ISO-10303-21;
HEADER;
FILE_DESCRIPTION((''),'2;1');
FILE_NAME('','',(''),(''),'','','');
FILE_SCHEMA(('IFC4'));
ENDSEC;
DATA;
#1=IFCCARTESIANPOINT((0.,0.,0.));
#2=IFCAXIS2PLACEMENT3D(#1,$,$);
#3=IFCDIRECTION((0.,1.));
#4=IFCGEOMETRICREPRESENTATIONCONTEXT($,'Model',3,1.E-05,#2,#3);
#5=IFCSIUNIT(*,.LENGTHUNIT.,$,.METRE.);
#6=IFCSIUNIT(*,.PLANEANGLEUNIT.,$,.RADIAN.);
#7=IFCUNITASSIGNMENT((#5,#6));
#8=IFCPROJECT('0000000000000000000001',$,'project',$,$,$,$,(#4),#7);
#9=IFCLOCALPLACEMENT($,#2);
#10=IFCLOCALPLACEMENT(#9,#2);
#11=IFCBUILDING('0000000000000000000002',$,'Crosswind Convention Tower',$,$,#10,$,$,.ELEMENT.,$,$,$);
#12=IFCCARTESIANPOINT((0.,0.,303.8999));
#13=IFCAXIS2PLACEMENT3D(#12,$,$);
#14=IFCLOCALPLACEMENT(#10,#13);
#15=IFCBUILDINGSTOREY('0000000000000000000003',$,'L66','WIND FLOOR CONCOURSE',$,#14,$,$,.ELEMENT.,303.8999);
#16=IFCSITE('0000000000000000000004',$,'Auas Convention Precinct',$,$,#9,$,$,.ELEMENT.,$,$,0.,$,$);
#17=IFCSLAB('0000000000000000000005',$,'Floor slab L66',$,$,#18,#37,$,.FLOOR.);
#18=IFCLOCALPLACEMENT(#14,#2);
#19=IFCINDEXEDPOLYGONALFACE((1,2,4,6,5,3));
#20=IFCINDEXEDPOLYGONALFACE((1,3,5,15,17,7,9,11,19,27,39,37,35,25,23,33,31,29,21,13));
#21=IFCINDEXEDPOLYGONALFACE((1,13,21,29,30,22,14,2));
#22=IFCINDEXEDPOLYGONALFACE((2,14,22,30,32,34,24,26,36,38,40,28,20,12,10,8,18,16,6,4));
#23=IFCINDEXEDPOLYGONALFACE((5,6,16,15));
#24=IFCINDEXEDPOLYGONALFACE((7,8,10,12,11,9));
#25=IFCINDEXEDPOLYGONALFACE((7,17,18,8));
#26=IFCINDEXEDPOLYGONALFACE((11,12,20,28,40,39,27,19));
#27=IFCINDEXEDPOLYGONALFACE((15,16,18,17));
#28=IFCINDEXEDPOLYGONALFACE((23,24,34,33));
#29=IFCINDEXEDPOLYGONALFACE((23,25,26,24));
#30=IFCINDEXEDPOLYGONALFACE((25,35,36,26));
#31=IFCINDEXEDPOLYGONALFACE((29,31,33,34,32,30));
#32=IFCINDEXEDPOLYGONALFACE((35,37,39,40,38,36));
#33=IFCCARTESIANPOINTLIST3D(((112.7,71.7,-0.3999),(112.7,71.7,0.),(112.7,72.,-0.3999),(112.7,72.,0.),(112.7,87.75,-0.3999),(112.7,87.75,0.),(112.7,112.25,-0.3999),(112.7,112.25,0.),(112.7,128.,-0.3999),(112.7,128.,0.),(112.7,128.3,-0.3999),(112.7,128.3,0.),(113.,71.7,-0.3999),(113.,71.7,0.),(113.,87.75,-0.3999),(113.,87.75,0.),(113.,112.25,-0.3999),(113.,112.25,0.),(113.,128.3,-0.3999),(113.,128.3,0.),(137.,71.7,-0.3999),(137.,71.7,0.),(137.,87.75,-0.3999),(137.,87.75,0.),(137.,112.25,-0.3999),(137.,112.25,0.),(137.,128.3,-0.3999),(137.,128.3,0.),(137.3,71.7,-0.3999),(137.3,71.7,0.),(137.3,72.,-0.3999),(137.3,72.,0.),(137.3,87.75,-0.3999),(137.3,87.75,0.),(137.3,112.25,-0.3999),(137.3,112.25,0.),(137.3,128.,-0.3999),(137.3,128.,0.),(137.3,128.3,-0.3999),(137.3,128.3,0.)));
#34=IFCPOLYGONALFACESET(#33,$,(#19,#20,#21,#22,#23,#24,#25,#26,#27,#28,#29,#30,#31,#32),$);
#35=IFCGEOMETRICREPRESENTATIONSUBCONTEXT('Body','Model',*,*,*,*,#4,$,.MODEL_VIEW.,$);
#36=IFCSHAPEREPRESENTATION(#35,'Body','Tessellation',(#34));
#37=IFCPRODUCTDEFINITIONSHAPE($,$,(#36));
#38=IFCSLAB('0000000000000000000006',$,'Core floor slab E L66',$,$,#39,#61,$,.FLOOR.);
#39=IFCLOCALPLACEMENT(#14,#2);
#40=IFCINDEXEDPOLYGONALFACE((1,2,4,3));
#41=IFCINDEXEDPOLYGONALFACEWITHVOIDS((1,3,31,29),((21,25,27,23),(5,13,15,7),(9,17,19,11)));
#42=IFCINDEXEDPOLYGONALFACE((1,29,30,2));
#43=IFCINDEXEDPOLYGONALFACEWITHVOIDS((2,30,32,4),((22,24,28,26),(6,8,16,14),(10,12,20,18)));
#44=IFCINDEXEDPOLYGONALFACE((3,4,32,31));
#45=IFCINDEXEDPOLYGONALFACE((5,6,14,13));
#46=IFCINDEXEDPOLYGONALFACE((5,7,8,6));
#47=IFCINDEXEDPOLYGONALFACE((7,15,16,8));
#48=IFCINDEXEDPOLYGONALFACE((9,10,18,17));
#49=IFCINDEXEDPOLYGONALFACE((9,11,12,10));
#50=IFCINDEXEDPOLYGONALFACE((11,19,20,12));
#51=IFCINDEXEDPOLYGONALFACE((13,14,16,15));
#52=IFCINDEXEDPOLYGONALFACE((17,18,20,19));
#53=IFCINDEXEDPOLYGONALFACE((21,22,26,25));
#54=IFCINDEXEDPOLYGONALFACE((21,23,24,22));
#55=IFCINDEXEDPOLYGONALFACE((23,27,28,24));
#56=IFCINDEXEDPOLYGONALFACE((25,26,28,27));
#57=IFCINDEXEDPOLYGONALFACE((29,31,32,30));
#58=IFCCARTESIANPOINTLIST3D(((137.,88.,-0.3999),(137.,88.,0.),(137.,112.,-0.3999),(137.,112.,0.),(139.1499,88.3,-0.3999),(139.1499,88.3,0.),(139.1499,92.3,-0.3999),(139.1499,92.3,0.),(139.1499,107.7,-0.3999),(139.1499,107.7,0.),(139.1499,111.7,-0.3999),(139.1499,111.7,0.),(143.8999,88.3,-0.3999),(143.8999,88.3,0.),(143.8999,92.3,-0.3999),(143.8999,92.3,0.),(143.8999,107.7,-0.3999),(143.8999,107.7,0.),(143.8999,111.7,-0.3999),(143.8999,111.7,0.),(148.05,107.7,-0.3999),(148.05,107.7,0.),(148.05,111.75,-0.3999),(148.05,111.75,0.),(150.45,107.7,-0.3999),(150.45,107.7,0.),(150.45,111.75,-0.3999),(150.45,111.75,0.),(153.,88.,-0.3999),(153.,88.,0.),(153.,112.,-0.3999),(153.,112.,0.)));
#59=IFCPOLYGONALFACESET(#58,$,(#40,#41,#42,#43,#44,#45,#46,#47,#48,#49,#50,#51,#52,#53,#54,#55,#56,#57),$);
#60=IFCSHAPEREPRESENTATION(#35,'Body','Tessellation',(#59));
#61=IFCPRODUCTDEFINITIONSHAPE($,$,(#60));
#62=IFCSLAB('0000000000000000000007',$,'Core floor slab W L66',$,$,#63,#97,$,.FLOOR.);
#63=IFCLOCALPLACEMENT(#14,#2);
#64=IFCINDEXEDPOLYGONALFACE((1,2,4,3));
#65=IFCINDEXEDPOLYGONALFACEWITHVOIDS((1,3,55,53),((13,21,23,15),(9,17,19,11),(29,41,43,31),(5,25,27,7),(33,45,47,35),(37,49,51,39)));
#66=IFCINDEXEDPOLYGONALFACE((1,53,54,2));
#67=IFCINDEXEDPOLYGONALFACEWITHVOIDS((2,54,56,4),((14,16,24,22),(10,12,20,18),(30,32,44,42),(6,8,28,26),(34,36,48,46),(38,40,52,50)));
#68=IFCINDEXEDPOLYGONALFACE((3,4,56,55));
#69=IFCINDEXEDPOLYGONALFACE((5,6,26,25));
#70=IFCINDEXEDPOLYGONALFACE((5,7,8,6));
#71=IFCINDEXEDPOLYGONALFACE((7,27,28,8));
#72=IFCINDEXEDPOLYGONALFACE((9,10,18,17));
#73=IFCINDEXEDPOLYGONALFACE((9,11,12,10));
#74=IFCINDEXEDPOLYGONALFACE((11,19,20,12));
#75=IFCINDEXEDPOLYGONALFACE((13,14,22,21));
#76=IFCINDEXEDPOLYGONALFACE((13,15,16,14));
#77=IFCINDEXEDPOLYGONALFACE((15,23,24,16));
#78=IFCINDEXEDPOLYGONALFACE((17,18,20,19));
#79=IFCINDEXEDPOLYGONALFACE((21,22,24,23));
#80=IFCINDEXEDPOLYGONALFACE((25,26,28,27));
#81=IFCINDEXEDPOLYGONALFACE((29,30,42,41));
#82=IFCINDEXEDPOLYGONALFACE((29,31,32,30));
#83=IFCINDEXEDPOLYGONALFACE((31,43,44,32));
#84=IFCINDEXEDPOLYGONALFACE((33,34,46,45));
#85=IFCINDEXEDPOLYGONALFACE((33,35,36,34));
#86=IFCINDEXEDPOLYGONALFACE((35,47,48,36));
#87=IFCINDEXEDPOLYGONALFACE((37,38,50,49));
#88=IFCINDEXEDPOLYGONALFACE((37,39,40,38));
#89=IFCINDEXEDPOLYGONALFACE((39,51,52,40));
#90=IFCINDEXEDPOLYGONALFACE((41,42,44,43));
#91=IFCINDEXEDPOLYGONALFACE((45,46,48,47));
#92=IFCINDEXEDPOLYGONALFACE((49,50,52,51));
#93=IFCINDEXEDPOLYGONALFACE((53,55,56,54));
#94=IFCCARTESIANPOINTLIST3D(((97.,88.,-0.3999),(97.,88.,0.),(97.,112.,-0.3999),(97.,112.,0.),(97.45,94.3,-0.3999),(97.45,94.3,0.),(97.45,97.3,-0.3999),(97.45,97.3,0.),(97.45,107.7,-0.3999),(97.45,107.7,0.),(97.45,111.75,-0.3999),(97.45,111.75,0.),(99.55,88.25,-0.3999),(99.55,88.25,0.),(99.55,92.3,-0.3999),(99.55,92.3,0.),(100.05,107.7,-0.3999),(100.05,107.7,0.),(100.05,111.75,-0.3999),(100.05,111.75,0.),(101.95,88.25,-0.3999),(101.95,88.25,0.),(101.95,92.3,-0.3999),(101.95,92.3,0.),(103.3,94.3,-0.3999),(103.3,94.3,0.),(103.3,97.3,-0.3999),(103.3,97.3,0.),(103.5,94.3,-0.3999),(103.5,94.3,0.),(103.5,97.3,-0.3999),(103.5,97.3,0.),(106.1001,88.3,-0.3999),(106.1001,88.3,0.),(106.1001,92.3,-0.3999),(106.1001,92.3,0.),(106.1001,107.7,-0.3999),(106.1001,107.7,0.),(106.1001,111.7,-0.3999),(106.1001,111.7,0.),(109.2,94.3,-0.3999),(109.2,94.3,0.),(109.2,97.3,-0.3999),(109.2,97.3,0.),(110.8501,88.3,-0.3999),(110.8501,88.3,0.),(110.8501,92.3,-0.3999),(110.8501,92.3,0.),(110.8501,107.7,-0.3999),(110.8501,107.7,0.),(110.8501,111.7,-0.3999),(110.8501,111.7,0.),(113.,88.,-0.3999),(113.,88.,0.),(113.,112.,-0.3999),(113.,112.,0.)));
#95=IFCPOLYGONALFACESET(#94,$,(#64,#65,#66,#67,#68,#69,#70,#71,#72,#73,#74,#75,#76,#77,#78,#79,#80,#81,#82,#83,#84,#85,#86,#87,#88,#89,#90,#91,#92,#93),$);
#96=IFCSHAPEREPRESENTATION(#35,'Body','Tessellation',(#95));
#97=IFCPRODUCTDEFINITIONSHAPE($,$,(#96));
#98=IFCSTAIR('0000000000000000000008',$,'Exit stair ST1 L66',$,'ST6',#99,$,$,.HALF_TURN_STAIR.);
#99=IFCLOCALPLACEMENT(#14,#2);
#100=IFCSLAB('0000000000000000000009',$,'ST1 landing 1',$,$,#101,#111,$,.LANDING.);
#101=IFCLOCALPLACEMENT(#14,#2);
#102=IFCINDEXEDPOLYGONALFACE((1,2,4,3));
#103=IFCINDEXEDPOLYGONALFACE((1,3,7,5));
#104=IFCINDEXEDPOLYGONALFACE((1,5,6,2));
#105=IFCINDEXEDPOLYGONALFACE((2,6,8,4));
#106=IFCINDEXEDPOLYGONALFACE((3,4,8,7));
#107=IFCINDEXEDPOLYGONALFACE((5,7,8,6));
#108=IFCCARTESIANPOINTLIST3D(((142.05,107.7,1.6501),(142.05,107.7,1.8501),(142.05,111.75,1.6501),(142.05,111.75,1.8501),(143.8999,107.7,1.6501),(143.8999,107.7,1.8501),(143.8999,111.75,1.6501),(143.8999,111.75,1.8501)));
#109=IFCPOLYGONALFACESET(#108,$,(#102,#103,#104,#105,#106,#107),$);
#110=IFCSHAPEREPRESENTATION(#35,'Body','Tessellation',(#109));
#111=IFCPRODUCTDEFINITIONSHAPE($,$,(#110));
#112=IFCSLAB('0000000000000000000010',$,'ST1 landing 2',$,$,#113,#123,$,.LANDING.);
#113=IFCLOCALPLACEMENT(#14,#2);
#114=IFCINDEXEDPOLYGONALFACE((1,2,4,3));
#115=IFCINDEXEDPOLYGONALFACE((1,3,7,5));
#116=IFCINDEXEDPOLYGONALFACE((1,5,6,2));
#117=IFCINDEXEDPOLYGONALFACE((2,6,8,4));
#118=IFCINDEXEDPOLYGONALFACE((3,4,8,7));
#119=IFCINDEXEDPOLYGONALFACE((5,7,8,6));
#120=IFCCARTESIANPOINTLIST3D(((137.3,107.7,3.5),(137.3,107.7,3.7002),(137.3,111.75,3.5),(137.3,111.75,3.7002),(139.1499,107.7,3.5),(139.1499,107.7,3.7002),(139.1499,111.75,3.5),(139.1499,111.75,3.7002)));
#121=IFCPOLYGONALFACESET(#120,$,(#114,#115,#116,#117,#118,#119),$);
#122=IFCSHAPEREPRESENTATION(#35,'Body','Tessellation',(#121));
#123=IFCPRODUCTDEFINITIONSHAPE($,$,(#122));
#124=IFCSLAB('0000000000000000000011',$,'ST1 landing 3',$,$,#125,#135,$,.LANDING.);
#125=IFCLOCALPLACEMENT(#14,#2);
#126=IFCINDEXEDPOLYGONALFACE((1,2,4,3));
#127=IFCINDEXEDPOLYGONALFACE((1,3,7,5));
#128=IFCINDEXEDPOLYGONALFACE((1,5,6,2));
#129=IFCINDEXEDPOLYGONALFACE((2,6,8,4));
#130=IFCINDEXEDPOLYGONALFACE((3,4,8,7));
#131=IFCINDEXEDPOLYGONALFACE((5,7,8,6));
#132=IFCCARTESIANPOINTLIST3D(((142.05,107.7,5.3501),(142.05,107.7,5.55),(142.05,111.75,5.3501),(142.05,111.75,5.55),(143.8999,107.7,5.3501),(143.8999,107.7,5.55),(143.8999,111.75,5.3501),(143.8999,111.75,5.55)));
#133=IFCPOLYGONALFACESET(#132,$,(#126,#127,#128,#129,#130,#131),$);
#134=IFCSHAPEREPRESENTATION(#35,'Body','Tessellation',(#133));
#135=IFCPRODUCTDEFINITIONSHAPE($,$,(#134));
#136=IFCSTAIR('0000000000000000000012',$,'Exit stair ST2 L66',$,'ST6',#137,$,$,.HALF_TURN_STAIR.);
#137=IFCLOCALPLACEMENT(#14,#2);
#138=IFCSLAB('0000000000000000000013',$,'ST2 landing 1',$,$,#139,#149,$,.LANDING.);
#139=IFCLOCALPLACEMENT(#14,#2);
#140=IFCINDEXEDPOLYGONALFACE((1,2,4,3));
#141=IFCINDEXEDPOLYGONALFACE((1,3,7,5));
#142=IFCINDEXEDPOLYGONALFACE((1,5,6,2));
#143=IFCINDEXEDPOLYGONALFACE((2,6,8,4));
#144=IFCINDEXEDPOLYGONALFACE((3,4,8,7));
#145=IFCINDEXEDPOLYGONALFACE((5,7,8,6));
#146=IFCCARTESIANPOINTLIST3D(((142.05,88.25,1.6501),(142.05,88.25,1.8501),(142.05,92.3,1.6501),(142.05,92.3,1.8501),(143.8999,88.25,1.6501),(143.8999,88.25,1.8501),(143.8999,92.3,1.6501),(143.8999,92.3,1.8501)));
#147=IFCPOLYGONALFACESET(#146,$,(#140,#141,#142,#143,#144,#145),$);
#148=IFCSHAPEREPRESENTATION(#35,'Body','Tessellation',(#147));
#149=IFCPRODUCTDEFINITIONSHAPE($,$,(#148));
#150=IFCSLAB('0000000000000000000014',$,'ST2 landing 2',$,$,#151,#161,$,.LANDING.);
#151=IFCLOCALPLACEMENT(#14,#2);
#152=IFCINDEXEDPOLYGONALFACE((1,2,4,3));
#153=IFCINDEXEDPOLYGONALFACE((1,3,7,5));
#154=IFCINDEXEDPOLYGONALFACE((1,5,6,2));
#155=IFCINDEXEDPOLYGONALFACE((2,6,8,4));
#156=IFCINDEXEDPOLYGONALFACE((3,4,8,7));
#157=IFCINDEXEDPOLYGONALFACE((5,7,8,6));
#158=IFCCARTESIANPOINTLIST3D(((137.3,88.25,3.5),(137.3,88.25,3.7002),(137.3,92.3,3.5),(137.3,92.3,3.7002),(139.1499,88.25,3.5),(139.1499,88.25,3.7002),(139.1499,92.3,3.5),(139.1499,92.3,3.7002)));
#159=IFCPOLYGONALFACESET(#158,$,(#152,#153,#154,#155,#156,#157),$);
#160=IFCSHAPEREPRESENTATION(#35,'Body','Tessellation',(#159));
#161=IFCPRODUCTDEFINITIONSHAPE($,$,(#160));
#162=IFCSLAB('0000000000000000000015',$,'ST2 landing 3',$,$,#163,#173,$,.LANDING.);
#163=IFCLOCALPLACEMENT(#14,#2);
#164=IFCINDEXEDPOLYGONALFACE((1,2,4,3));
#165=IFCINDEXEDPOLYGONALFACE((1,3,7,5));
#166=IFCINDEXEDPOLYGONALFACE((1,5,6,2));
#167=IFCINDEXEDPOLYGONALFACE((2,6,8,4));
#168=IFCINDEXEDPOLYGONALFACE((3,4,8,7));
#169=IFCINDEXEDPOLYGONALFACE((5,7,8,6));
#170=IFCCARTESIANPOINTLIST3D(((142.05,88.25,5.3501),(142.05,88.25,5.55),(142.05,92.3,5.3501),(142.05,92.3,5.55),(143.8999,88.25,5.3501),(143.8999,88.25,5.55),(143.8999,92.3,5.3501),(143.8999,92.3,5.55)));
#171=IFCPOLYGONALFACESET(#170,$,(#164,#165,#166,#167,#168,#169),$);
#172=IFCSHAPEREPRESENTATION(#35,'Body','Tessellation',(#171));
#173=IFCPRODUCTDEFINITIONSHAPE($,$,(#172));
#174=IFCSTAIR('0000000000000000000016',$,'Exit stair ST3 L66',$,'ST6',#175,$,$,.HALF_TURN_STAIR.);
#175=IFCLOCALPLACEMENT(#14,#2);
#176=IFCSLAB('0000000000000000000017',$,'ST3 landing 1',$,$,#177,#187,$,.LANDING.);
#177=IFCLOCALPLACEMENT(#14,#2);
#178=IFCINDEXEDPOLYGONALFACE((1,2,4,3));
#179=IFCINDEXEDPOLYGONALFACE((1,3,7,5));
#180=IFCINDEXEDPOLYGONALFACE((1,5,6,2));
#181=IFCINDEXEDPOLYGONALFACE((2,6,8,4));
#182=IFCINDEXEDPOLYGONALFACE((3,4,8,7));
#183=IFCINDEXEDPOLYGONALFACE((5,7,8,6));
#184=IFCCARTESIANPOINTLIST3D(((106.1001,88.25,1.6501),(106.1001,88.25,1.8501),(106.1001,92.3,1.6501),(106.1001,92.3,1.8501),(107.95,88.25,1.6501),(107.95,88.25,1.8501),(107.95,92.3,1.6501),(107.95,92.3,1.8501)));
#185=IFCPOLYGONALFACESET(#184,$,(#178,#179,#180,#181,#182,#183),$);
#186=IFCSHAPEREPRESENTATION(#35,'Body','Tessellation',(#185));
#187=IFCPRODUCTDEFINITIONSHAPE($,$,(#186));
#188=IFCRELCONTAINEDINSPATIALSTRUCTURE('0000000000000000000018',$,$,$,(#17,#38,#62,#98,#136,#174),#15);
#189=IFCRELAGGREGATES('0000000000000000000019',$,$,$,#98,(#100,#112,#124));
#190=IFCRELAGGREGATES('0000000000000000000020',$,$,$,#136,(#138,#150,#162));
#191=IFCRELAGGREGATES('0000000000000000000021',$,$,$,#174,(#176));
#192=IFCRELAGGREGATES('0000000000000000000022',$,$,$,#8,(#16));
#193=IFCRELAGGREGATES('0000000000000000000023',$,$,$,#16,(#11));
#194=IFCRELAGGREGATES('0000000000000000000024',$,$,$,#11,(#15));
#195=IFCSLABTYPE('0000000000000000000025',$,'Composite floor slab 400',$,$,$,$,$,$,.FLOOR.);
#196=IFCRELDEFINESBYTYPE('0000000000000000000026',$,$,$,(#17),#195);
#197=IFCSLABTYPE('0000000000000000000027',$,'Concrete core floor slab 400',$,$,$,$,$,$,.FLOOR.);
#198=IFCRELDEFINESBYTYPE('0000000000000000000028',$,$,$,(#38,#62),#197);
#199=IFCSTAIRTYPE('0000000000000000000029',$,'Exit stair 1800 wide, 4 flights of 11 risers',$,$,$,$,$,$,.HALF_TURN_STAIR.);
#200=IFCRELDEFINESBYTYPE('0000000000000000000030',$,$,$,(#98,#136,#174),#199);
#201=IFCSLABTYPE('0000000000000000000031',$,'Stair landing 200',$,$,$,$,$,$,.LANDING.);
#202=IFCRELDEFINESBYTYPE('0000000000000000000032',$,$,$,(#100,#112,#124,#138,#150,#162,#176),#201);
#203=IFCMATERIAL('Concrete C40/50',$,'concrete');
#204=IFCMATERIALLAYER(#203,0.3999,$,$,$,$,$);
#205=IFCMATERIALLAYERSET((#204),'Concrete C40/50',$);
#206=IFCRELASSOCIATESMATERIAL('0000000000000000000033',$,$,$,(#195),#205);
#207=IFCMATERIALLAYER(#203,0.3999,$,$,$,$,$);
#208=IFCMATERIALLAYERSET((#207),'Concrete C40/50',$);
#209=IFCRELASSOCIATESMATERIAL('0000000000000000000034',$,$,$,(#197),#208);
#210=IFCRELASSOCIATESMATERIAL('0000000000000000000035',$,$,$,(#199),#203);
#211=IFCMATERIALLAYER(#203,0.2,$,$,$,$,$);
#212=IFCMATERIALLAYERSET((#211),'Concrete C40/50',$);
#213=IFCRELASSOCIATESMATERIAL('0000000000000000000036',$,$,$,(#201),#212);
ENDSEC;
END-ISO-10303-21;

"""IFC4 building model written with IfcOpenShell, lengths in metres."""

from ifc_helpers import new_model, si_unit, direction, frame, origin, place, context, subcontext, project, spatial, polyline, outline, extrude, material, layer, layer_set, type_object, element, aggregate, save


model = new_model("IFC4")

# Units and contexts
model_context = context("Model", 3, precision=1e-05, world=origin(), true_north=direction((0.0, 1.0)))
body_context = subcontext(model_context, "Body", "Model", "MODEL_VIEW")
ifc_project = project(units=[si_unit("LENGTHUNIT", "METRE"), si_unit("PLANEANGLEUNIT", "RADIAN")], contexts=[model_context])

# Site, building, storey
site_placement = place(None, origin())
site = spatial("IfcSite", under=ifc_project, at=site_placement, Name="Auas Convention Precinct", CompositionType="ELEMENT", RefElevation=0.0)
building_placement = place(site_placement, origin())
building = spatial("IfcBuilding", under=site, at=building_placement, Name="Crosswind Convention Tower", CompositionType="ELEMENT")
storey_placement = place(building_placement, frame((0.0, 0.0, 303.8999)))
storey = spatial("IfcBuildingStorey", under=building, at=storey_placement, Name="L66", Description="WIND FLOOR CONCOURSE", CompositionType="ELEMENT", Elevation=303.8999)

# Slabs
ifc_material_1 = material(Name="Concrete C40/50", Category="concrete")
ifc_layer_1 = layer(ifc_material_1, 0.3999)
ifc_layer_set_1 = layer_set([ifc_layer_1], Name="Concrete C40/50")
slab_type_1 = type_object("IfcSlabType", Name="Composite floor slab 400", PredefinedType="FLOOR", material=ifc_layer_set_1)
slab_1_placement = place(storey_placement, frame((0.0, 0.0, -0.3999)))
element("IfcSlab", 1, at=slab_1_placement, inside=storey, type_object=slab_type_1, Name="Floor slab L66", PredefinedType="FLOOR", context=body_context, shape_type="SweptSolid", body=[
    extrude(outline(polyline([(137.3, 71.7), (137.0, 71.7), (113.0, 71.7), (112.7, 71.7), (112.7, 72.0), (112.7, 87.75), (113.0, 87.75), (113.0, 112.25), (112.7, 112.25), (112.7, 128.0), (112.7, 128.3), (113.0, 128.3), (137.0, 128.3), (137.3, 128.3), (137.3, 128.0), (137.3, 112.25), (137.0, 112.25), (137.0, 87.75), (137.3, 87.75), (137.3, 72.0), (137.3, 71.7)])), origin(), (0.0, 0.0, 1.0), 0.3999),
])
ifc_layer_2 = layer(ifc_material_1, 0.3999)
ifc_layer_set_2 = layer_set([ifc_layer_2], Name="Concrete C40/50")
slab_type_2 = type_object("IfcSlabType", Name="Concrete core floor slab 400", PredefinedType="FLOOR", material=ifc_layer_set_2)
slab_2_placement = place(storey_placement, frame((0.0, 0.0, -0.3999)))
element("IfcSlab", 2, at=slab_2_placement, inside=storey, type_object=slab_type_2, Name="Core floor slab E L66", PredefinedType="FLOOR", context=body_context, shape_type="SweptSolid", body=[
    extrude(outline(polyline([(137.0, 88.0), (153.0, 88.0), (153.0, 112.0), (137.0, 112.0), (137.0, 88.0)]), holes=[polyline([(150.45, 107.7), (150.45, 111.75), (148.05, 111.75), (148.05, 107.7), (150.45, 107.7)]), polyline([(143.8999, 107.7), (143.8999, 111.7), (139.1499, 111.7), (139.1499, 107.7), (143.8999, 107.7)]), polyline([(143.8999, 88.3), (143.8999, 92.3), (139.1499, 92.3), (139.1499, 88.3), (143.8999, 88.3)])]), origin(), (0.0, 0.0, 1.0), 0.3999),
])
slab_3_placement = place(storey_placement, frame((0.0, 0.0, -0.3999)))
element("IfcSlab", 3, at=slab_3_placement, inside=storey, type_object=slab_type_2, Name="Core floor slab W L66", PredefinedType="FLOOR", context=body_context, shape_type="SweptSolid", body=[
    extrude(outline(polyline([(97.0, 88.0), (113.0, 88.0), (113.0, 112.0), (97.0, 112.0), (97.0, 88.0)]), holes=[polyline([(109.2, 94.3), (109.2, 97.3), (103.5, 97.3), (103.5, 94.3), (109.2, 94.3)]), polyline([(103.3, 94.3), (103.3, 97.3), (97.45, 97.3), (97.45, 94.3), (103.3, 94.3)]), polyline([(101.95, 88.25), (101.95, 92.3), (99.55, 92.3), (99.55, 88.25), (101.95, 88.25)]), polyline([(100.05, 107.7), (100.05, 111.75), (97.45, 111.75), (97.45, 107.7), (100.05, 107.7)]), polyline([(110.8501, 88.3), (110.8501, 92.3), (106.1001, 92.3), (106.1001, 88.3), (110.8501, 88.3)]), polyline([(110.8501, 107.7), (110.8501, 111.7), (106.1001, 111.7), (106.1001, 107.7), (110.8501, 107.7)])]), origin(), (0.0, 0.0, 1.0), 0.3999),
])

# Stairs, slabs
stair_type = type_object("IfcStairType", Name="Exit stair 1800 wide, 4 flights of 11 risers", PredefinedType="HALF_TURN_STAIR", material=ifc_material_1)
stair_1_placement = place(storey_placement, origin())
stair_1 = element("IfcStair", 4, at=stair_1_placement, inside=storey, type_object=stair_type, Name="Exit stair ST1 L66", ObjectType="ST6", PredefinedType="HALF_TURN_STAIR")
ifc_layer_3 = layer(ifc_material_1, 0.2)
ifc_layer_set_3 = layer_set([ifc_layer_3], Name="Concrete C40/50")
slab_type_3 = type_object("IfcSlabType", Name="Stair landing 200", PredefinedType="LANDING", material=ifc_layer_set_3)
slab_4_placement = place(storey_placement, frame((0.0, 0.0, 1.6501)))
slab_4 = element("IfcSlab", 5, at=slab_4_placement, type_object=slab_type_3, Name="ST1 landing 1", PredefinedType="LANDING", context=body_context, shape_type="SweptSolid", body=[
    extrude(outline(polyline([(143.8999, 107.7), (143.8999, 111.75), (142.05, 111.75), (142.05, 107.7), (143.8999, 107.7)])), origin(), (0.0, 0.0, 1.0), 0.2),
])
slab_5_placement = place(storey_placement, frame((0.0, 0.0, 3.5)))
slab_5 = element("IfcSlab", 6, at=slab_5_placement, type_object=slab_type_3, Name="ST1 landing 2", PredefinedType="LANDING", context=body_context, shape_type="SweptSolid", body=[
    extrude(outline(polyline([(139.1499, 107.7), (139.1499, 111.75), (137.3, 111.75), (137.3, 107.7), (139.1499, 107.7)])), origin(), (0.0, 0.0, 1.0), 0.2002),
])
slab_6_placement = place(storey_placement, frame((0.0, 0.0, 5.3501)))
slab_6 = element("IfcSlab", 7, at=slab_6_placement, type_object=slab_type_3, Name="ST1 landing 3", PredefinedType="LANDING", context=body_context, shape_type="SweptSolid", body=[
    extrude(outline(polyline([(143.8999, 107.7), (143.8999, 111.75), (142.05, 111.75), (142.05, 107.7), (143.8999, 107.7)])), origin(), (0.0, 0.0, 1.0), 0.2),
])
aggregate(stair_1, [slab_4, slab_5, slab_6])
stair_2_placement = place(storey_placement, origin())
stair_2 = element("IfcStair", 8, at=stair_2_placement, inside=storey, type_object=stair_type, Name="Exit stair ST2 L66", ObjectType="ST6", PredefinedType="HALF_TURN_STAIR")
slab_7_placement = place(storey_placement, frame((0.0, 0.0, 1.6501)))
slab_7 = element("IfcSlab", 9, at=slab_7_placement, type_object=slab_type_3, Name="ST2 landing 1", PredefinedType="LANDING", context=body_context, shape_type="SweptSolid", body=[
    extrude(outline(polyline([(143.8999, 88.25), (143.8999, 92.3), (142.05, 92.3), (142.05, 88.25), (143.8999, 88.25)])), origin(), (0.0, 0.0, 1.0), 0.2),
])
slab_8_placement = place(storey_placement, frame((0.0, 0.0, 3.5)))
slab_8 = element("IfcSlab", 10, at=slab_8_placement, type_object=slab_type_3, Name="ST2 landing 2", PredefinedType="LANDING", context=body_context, shape_type="SweptSolid", body=[
    extrude(outline(polyline([(139.1499, 88.25), (139.1499, 92.3), (137.3, 92.3), (137.3, 88.25), (139.1499, 88.25)])), origin(), (0.0, 0.0, 1.0), 0.2002),
])
slab_9_placement = place(storey_placement, frame((0.0, 0.0, 5.3501)))
slab_9 = element("IfcSlab", 11, at=slab_9_placement, type_object=slab_type_3, Name="ST2 landing 3", PredefinedType="LANDING", context=body_context, shape_type="SweptSolid", body=[
    extrude(outline(polyline([(143.8999, 88.25), (143.8999, 92.3), (142.05, 92.3), (142.05, 88.25), (143.8999, 88.25)])), origin(), (0.0, 0.0, 1.0), 0.2),
])
aggregate(stair_2, [slab_7, slab_8, slab_9])
stair_3_placement = place(storey_placement, origin())
stair_3 = element("IfcStair", 12, at=stair_3_placement, inside=storey, type_object=stair_type, Name="Exit stair ST3 L66", ObjectType="ST6", PredefinedType="HALF_TURN_STAIR")
slab_10_placement = place(storey_placement, frame((0.0, 0.0, 1.6501)))
slab_10 = element("IfcSlab", 13, at=slab_10_placement, type_object=slab_type_3, Name="ST3 landing 1", PredefinedType="LANDING", context=body_context, shape_type="SweptSolid", body=[
    extrude(outline(polyline([(107.95, 88.25), (107.95, 92.3), (106.1001, 92.3), (106.1001, 88.25), (107.95, 88.25)])), origin(), (0.0, 0.0, 1.0), 0.2),
])

aggregate(stair_3, [slab_10])

save(model, "model.ifc")
